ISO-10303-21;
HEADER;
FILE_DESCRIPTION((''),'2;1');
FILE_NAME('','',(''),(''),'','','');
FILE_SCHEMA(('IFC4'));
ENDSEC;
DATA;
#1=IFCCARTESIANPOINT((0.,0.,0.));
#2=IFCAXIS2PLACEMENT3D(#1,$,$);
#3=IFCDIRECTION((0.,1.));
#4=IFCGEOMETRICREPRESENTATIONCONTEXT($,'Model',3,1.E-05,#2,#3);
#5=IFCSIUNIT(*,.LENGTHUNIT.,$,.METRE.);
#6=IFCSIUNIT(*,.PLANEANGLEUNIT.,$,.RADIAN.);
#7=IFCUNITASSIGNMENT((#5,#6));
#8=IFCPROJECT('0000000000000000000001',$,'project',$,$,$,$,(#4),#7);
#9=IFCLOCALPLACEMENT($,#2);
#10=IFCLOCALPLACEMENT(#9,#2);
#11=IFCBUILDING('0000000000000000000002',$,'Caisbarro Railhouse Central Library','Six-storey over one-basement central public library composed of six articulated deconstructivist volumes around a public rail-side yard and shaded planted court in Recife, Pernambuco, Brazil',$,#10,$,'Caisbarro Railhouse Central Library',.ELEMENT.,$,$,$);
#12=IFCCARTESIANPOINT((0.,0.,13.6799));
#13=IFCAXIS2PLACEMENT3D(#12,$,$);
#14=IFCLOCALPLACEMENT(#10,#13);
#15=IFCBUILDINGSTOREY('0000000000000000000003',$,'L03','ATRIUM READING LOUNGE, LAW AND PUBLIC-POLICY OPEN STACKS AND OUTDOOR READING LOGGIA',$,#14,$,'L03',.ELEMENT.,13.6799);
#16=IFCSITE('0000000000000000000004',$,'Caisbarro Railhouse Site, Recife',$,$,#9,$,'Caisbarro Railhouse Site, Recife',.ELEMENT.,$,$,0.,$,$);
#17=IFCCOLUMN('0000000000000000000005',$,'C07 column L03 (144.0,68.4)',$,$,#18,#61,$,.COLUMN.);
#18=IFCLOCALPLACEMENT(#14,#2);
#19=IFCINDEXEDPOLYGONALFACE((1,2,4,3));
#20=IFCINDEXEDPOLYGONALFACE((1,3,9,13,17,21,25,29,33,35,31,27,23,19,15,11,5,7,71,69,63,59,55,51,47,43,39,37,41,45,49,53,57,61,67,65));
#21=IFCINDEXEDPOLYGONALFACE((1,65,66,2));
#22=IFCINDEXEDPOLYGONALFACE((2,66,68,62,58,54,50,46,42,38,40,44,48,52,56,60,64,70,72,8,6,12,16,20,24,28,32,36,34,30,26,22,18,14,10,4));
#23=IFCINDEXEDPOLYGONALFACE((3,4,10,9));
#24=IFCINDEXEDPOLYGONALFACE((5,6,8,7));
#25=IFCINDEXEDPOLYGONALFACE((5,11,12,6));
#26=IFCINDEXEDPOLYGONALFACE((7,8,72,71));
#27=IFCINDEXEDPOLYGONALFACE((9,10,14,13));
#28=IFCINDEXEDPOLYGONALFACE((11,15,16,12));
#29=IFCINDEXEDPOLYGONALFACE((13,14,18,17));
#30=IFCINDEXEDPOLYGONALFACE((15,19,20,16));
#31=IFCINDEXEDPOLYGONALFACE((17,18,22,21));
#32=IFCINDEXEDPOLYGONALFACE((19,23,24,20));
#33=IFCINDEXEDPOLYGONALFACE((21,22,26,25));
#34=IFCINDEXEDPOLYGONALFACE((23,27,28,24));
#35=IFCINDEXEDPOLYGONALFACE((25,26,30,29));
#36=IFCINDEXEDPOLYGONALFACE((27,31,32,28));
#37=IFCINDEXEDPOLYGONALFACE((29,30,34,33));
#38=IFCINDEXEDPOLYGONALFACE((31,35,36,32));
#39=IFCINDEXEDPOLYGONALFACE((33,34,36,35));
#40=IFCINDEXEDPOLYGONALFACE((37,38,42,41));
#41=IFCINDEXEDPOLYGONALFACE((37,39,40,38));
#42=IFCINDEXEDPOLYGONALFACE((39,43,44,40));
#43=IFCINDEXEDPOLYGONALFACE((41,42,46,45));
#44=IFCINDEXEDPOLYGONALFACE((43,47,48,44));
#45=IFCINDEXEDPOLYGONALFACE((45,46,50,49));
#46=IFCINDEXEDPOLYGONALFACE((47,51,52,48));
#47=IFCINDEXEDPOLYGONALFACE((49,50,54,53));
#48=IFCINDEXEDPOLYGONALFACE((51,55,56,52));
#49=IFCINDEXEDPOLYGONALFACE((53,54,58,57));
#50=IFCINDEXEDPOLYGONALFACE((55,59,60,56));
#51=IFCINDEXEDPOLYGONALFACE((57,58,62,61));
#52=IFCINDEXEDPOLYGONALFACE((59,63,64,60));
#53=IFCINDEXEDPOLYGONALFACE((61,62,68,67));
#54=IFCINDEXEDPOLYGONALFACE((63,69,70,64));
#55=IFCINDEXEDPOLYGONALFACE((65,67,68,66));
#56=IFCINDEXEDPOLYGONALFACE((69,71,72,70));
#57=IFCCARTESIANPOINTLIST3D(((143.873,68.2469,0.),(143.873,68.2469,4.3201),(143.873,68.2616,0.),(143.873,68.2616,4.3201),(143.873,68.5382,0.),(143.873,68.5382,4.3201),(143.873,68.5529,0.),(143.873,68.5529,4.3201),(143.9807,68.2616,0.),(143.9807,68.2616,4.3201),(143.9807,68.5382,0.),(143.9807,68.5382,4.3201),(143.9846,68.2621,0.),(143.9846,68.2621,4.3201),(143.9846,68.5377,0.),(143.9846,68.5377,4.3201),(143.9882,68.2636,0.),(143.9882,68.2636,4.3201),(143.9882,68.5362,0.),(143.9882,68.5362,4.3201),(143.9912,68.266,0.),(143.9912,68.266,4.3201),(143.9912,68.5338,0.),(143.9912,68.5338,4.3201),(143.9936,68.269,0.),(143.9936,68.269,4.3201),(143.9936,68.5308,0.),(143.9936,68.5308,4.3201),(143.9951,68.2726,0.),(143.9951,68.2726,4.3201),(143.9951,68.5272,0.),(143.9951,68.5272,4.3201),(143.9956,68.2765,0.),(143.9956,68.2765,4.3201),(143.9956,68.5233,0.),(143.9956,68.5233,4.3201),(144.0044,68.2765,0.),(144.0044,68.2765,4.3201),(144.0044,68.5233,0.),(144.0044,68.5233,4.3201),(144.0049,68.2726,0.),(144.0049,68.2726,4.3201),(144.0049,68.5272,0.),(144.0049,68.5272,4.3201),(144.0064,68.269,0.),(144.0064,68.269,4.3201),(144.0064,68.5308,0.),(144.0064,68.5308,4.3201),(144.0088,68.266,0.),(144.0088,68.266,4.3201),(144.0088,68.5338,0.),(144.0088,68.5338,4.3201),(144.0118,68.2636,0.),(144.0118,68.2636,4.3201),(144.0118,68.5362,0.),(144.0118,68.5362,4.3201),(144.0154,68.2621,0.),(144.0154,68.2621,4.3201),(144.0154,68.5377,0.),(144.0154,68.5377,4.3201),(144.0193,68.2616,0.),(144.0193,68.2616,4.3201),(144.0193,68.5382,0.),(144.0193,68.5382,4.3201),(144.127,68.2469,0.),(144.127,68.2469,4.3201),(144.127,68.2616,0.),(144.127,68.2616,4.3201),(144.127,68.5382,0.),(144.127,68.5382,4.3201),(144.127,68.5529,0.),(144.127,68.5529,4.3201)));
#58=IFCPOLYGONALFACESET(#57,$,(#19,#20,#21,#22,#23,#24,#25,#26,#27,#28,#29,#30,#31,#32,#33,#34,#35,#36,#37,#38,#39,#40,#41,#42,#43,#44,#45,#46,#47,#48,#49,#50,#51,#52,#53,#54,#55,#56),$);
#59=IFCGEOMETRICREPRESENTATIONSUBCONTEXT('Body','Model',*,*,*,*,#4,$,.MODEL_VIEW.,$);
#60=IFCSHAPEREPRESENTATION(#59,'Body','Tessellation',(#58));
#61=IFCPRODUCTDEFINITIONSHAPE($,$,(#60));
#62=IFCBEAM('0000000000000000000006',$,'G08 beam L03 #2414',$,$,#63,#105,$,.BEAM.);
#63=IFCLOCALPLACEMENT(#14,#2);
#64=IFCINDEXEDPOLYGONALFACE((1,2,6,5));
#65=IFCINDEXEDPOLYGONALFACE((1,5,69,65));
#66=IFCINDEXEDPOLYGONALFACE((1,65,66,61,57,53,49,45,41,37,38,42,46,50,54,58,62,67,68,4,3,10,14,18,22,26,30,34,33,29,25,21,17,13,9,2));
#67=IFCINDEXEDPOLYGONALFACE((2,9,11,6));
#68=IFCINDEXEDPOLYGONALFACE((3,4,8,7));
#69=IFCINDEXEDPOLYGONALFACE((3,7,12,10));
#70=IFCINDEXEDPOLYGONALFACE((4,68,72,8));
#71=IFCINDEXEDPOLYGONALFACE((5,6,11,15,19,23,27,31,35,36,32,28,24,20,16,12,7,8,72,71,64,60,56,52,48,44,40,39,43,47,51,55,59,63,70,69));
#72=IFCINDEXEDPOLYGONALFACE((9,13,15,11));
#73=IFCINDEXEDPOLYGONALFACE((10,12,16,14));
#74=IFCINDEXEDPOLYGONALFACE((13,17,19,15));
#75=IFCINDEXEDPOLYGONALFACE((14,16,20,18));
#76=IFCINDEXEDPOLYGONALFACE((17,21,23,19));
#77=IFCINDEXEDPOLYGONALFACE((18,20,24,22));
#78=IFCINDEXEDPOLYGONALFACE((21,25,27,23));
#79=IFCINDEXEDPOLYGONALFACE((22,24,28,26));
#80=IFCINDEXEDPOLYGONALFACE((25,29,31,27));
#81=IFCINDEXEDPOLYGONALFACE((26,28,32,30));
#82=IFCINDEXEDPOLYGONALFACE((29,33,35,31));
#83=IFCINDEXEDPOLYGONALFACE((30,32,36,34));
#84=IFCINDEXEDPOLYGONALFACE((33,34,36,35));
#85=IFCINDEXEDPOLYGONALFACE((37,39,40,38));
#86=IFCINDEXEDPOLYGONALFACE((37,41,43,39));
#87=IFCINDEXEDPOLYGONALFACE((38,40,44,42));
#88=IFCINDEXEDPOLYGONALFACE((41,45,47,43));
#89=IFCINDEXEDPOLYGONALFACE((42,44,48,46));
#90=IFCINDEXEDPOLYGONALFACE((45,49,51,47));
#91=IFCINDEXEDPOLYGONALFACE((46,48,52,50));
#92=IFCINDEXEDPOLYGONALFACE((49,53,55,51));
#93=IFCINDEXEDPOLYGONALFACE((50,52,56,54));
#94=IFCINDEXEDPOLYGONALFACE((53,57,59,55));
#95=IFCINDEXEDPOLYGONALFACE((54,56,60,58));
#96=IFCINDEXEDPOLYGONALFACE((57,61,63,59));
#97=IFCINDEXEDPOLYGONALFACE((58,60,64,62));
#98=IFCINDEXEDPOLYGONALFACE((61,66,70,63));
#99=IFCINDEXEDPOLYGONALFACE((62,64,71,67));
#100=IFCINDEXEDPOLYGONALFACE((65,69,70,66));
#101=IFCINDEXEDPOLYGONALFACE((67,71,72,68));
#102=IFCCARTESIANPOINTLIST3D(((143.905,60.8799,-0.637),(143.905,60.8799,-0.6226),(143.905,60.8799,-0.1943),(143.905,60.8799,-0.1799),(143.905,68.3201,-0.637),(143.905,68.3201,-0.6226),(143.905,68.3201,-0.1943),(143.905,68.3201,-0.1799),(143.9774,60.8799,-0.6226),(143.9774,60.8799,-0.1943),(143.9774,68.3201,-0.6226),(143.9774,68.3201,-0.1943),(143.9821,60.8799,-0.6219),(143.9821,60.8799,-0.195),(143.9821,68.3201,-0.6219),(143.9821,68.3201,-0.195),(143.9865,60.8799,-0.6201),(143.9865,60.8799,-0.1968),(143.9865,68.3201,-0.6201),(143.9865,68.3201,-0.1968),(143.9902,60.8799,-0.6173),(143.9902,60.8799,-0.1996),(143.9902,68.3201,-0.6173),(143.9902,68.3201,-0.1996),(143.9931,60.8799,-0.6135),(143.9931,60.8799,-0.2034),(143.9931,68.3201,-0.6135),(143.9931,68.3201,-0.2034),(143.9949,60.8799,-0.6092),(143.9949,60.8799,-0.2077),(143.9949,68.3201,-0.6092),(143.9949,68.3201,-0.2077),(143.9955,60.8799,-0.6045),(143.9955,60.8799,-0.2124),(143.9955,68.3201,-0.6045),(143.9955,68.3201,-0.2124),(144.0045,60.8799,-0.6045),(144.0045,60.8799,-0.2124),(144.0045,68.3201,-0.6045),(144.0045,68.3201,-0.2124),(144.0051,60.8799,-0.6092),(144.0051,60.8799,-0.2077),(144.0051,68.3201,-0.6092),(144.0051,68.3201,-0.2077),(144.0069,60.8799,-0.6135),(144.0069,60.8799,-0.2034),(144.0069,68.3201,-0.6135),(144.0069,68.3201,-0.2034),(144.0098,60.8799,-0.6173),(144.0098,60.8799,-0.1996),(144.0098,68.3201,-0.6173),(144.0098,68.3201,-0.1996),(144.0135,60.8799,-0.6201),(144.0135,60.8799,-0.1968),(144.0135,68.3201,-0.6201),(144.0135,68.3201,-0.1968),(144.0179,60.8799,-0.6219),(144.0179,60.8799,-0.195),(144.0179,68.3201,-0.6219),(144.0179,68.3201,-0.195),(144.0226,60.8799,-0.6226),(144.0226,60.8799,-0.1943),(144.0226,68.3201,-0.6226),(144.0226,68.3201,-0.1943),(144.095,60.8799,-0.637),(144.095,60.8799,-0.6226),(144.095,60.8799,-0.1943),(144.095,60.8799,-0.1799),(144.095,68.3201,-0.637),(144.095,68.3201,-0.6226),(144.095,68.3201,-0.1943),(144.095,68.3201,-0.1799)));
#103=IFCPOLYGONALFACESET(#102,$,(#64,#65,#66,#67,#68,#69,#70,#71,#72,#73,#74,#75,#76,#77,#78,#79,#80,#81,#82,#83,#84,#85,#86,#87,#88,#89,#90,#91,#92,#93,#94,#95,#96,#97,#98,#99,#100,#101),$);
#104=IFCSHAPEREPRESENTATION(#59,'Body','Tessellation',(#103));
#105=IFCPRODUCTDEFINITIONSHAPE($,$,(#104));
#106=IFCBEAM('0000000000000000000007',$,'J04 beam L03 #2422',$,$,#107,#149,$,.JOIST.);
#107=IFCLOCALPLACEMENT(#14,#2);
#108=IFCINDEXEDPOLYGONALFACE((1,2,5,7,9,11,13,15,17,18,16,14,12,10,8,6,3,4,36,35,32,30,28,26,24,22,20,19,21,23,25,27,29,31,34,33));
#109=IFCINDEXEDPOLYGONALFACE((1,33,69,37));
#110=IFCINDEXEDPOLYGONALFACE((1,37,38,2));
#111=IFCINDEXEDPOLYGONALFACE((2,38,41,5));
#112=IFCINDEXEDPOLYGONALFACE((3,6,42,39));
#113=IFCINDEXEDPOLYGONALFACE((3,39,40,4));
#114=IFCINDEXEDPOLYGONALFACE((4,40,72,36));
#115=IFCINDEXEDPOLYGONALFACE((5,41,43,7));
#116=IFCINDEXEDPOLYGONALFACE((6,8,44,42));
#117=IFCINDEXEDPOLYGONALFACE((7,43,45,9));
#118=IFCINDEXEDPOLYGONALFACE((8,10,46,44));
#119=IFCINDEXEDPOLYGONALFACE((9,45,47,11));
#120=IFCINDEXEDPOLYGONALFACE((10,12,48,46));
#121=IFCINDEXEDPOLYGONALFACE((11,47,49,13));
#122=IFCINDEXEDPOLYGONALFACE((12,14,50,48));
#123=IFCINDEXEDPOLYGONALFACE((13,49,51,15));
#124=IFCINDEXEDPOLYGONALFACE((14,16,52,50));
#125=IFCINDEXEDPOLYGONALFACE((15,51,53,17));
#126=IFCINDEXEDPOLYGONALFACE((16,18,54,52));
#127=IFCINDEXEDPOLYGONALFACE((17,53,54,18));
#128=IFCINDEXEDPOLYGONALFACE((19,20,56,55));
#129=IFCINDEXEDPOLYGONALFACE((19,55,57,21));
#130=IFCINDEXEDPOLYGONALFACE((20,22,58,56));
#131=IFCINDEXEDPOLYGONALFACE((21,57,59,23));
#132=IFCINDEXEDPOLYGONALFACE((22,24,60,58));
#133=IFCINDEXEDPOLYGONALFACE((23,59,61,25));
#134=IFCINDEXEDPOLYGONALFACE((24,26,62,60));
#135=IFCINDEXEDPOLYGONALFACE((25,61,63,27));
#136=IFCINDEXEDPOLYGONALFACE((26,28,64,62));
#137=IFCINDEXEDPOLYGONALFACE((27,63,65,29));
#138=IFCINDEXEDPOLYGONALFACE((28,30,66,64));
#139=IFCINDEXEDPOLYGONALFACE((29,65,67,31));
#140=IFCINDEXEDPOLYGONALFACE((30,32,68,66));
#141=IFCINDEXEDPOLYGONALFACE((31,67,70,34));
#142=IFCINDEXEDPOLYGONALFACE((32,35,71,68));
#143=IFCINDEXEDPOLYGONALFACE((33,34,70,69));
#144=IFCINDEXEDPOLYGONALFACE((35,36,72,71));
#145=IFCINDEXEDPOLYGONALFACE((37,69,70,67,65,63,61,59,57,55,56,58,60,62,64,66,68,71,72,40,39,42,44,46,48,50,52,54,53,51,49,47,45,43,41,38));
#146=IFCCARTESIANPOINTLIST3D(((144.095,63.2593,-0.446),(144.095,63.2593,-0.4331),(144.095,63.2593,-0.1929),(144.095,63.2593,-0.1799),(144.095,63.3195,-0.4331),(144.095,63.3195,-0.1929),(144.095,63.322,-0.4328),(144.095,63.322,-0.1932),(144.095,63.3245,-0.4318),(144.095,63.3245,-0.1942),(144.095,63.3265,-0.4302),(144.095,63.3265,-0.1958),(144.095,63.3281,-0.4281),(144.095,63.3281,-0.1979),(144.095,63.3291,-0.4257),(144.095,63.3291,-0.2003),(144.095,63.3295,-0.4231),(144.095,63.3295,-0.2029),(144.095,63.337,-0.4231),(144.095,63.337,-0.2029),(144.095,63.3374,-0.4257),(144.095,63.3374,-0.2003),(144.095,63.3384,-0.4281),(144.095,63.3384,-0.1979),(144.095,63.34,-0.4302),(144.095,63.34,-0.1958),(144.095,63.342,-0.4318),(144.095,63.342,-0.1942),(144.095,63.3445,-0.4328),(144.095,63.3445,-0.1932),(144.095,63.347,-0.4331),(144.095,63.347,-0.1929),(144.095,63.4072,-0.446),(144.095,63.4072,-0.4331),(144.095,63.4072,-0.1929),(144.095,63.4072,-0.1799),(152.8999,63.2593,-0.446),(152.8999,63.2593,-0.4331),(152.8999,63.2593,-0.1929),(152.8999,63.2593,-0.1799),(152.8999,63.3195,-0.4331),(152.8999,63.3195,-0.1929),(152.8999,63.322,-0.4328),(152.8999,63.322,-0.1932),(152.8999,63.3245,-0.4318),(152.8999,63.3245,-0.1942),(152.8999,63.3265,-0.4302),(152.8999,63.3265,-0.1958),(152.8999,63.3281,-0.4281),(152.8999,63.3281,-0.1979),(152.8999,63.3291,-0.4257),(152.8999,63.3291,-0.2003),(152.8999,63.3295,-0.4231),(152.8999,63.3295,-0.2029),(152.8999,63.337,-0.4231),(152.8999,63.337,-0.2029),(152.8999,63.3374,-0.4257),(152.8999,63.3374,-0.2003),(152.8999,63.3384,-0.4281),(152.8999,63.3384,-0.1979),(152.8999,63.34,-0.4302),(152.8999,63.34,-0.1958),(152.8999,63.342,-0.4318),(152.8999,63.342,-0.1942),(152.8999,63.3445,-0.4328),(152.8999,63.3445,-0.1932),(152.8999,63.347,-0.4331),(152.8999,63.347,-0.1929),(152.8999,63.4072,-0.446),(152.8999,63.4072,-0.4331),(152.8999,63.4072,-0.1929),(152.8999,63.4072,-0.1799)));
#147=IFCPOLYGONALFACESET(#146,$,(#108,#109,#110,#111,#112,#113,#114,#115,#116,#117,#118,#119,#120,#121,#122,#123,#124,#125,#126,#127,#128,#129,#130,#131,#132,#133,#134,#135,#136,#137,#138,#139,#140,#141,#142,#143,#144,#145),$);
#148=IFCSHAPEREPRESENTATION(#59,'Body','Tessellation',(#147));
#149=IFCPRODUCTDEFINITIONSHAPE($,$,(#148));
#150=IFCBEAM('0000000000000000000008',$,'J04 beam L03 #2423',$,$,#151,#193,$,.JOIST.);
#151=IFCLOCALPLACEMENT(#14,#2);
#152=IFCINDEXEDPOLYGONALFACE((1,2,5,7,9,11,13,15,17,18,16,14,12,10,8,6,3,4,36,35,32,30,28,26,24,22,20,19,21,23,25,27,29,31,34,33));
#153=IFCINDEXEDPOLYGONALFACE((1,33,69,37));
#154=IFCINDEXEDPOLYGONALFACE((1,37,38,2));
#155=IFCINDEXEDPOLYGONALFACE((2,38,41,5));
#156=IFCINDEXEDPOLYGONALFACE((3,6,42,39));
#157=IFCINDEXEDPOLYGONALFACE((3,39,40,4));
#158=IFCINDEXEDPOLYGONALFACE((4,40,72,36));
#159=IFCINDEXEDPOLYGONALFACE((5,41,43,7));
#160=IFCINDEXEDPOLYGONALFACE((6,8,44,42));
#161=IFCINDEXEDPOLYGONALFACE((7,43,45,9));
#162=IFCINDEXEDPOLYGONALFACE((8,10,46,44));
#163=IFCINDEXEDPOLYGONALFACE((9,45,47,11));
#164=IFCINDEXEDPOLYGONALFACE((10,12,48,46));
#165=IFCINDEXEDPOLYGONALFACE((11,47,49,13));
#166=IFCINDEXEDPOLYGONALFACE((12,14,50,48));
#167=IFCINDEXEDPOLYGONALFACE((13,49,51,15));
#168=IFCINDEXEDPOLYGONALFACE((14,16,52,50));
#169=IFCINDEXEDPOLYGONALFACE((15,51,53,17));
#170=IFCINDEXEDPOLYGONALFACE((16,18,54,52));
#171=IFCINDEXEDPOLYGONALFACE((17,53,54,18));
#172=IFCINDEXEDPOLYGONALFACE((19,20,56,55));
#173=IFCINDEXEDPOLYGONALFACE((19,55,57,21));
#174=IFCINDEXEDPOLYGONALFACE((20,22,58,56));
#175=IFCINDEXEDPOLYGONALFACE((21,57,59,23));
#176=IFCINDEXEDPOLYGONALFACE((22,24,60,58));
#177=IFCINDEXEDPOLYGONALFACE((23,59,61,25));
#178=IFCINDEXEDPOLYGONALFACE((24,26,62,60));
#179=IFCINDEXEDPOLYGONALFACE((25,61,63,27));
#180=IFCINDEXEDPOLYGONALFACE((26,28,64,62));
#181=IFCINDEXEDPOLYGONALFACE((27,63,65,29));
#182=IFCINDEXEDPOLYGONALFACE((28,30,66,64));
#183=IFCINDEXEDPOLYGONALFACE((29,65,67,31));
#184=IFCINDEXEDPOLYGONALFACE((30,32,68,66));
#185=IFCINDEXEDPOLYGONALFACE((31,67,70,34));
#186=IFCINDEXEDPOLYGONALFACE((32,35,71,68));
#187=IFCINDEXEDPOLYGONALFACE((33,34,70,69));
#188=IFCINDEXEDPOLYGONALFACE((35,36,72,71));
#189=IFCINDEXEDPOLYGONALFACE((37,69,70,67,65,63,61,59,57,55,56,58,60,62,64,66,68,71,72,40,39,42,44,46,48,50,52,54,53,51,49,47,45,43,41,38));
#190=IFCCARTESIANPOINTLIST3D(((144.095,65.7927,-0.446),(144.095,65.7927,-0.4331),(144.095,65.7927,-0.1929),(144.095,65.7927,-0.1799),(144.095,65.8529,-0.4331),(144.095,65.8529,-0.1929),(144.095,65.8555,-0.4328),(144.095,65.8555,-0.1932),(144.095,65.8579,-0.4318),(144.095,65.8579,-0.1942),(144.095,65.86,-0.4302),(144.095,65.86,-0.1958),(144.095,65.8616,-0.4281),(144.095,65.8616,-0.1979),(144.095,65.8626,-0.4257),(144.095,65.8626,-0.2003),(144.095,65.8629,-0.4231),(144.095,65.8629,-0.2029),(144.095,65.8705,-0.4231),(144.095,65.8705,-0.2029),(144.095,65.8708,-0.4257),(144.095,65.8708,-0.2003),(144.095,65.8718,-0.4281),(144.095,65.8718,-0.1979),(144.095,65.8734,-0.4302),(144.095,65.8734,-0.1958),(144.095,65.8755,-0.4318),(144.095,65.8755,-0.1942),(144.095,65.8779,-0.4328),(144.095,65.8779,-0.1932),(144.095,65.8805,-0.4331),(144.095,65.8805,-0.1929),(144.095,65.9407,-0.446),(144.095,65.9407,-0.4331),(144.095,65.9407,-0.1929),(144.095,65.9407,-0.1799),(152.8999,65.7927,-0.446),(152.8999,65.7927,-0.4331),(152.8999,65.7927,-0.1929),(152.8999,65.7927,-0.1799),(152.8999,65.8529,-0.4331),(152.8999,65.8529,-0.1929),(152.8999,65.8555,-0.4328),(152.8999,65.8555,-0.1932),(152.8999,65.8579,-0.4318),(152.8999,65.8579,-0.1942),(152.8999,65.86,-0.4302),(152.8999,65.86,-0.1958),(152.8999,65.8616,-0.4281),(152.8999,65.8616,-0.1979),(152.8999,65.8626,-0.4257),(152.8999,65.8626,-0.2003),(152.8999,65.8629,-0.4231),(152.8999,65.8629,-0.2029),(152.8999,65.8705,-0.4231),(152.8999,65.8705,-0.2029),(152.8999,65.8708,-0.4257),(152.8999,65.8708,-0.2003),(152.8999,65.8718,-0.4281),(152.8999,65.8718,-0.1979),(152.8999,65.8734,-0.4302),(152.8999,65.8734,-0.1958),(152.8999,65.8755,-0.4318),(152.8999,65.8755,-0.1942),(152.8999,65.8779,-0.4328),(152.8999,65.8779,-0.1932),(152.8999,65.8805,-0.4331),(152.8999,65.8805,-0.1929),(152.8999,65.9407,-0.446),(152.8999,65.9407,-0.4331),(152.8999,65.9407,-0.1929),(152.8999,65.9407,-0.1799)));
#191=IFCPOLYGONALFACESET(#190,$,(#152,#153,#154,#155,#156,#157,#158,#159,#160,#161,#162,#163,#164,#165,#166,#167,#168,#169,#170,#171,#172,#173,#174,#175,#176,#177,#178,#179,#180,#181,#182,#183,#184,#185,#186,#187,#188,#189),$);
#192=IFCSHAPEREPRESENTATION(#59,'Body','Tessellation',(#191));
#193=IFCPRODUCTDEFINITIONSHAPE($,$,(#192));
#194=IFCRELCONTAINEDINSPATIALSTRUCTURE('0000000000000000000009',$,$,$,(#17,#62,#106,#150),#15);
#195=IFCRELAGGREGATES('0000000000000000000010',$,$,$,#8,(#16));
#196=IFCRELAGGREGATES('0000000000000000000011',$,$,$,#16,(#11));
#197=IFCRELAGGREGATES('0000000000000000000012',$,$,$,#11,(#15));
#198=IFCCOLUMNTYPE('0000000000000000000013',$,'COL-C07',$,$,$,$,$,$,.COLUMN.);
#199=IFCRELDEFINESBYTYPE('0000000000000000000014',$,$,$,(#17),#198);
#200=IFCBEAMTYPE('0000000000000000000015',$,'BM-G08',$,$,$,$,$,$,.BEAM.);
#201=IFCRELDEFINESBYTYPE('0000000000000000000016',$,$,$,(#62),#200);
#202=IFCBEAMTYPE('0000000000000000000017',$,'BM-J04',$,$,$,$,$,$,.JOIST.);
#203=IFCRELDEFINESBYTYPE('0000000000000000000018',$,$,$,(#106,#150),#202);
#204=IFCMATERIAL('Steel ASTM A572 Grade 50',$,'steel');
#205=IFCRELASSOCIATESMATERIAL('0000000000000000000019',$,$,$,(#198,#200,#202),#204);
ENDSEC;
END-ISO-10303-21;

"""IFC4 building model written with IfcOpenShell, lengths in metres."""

from ifc_helpers import new_model, si_unit, direction, frame, origin, origin_2d, place, context, subcontext, project, spatial, i_section, extrude, material, material_profile, profile_set, type_object, element, save


model = new_model("IFC4")

# Units and contexts
model_context = context("Model", 3, precision=1e-05, world=origin(), true_north=direction((0.0, 1.0)))
body_context = subcontext(model_context, "Body", "Model", "MODEL_VIEW")
ifc_project = project(units=[si_unit("LENGTHUNIT", "METRE"), si_unit("PLANEANGLEUNIT", "RADIAN")], contexts=[model_context])

# Site, building, storey
site_placement = place(None, origin())
site = spatial("IfcSite", under=ifc_project, at=site_placement, Name="Caisbarro Railhouse Site, Recife", LongName="Caisbarro Railhouse Site, Recife", CompositionType="ELEMENT", RefElevation=0.0)
building_placement = place(site_placement, origin())
building = spatial("IfcBuilding", under=site, at=building_placement, Name="Caisbarro Railhouse Central Library", Description="Six-storey over one-basement central public library composed of six articulated deconstructivist volumes around a public rail-side yard and shaded planted court in Recife, Pernambuco, Brazil", LongName="Caisbarro Railhouse Central Library", CompositionType="ELEMENT")
storey_placement = place(building_placement, frame((0.0, 0.0, 13.6799)))
storey = spatial("IfcBuildingStorey", under=building, at=storey_placement, Name="L03", Description="ATRIUM READING LOUNGE, LAW AND PUBLIC-POLICY OPEN STACKS AND OUTDOOR READING LOGGIA", LongName="L03", CompositionType="ELEMENT", Elevation=13.6799)

# Column
ifc_material_1 = material(Name="Steel ASTM A572 Grade 50", Category="steel")
ifc_material_profile_1 = material_profile(ifc_material_1, i_section(OverallWidth=0.2539, OverallDepth=0.3059, WebThickness=0.0088, FlangeThickness=0.0146, FilletRadius=0.0149, at=origin_2d()), Name="W310X79.0")
ifc_profile_set_1 = profile_set([ifc_material_profile_1], Name="Steel ASTM A572 Grade 50")
column_type = type_object("IfcColumnType", Name="COL-C07", PredefinedType="COLUMN", material=ifc_profile_set_1)
column_placement = place(storey_placement, frame((144.0, 68.3999, 0.0), z_axis=(0.0, 0.0, 1.0), x_axis=(1.0, 0.0, 0.0)))
element("IfcColumn", 1, at=column_placement, inside=storey, type_object=column_type, Name="C07 column L03 (144.0,68.4)", PredefinedType="COLUMN", context=body_context, shape_type="SweptSolid", body=[
    extrude(i_section(OverallWidth=0.2539, OverallDepth=0.3059, WebThickness=0.0088, FlangeThickness=0.0146, FilletRadius=0.0149, at=origin_2d()), origin(), (0.0, 0.0, 1.0), 4.3201),
])

# Beams
ifc_material_profile_2 = material_profile(ifc_material_1, i_section(OverallWidth=0.1899, OverallDepth=0.457, WebThickness=0.009, FlangeThickness=0.0144, FilletRadius=0.0181, at=origin_2d()), Name="W460X74.0")
ifc_profile_set_2 = profile_set([ifc_material_profile_2], Name="Steel ASTM A572 Grade 50")
beam_type_1 = type_object("IfcBeamType", Name="BM-G08", PredefinedType="BEAM", material=ifc_profile_set_2)
beam_1_placement = place(storey_placement, frame((144.0, 60.8799, -0.4084), z_axis=(0.0, 1.0, 0.0), x_axis=(-1.0, 0.0, 0.0)))
element("IfcBeam", 2, at=beam_1_placement, inside=storey, type_object=beam_type_1, Name="G08 beam L03 #2414", PredefinedType="BEAM", context=body_context, shape_type="SweptSolid", body=[
    extrude(i_section(OverallWidth=0.1899, OverallDepth=0.457, WebThickness=0.009, FlangeThickness=0.0144, FilletRadius=0.0181, at=origin_2d()), origin(), (0.0, 0.0, 1.0), 7.4402),
])
ifc_material_profile_3 = material_profile(ifc_material_1, i_section(OverallWidth=0.1479, OverallDepth=0.2661, WebThickness=0.0076, FlangeThickness=0.0129, FilletRadius=0.01, at=origin_2d()), Name="W250X44.8")
ifc_profile_set_3 = profile_set([ifc_material_profile_3], Name="Steel ASTM A572 Grade 50")
beam_type_2 = type_object("IfcBeamType", Name="BM-J04", PredefinedType="JOIST", material=ifc_profile_set_3)
for number, where, z_axis, x_axis, name in (
    (3, (144.095, 63.3333, -0.313), (1.0, 0.0, 0.0), (0.0, 1.0, 0.0), "J04 beam L03 #2422"),
    (4, (144.095, 65.8667, -0.313), (1.0, 0.0, 0.0), (0.0, 1.0, 0.0), "J04 beam L03 #2423"),
):
    element("IfcBeam", number, at=place(storey_placement, frame(where, z_axis=z_axis, x_axis=x_axis)), inside=storey, type_object=beam_type_2, Name=name, PredefinedType="JOIST", context=body_context, shape_type="SweptSolid", body=[
        extrude(i_section(OverallWidth=0.1479, OverallDepth=0.2661, WebThickness=0.0076, FlangeThickness=0.0129, FilletRadius=0.01, at=origin_2d()), origin(), (0.0, 0.0, 1.0), 8.8049),
    ])

save(model, "model.ifc")
